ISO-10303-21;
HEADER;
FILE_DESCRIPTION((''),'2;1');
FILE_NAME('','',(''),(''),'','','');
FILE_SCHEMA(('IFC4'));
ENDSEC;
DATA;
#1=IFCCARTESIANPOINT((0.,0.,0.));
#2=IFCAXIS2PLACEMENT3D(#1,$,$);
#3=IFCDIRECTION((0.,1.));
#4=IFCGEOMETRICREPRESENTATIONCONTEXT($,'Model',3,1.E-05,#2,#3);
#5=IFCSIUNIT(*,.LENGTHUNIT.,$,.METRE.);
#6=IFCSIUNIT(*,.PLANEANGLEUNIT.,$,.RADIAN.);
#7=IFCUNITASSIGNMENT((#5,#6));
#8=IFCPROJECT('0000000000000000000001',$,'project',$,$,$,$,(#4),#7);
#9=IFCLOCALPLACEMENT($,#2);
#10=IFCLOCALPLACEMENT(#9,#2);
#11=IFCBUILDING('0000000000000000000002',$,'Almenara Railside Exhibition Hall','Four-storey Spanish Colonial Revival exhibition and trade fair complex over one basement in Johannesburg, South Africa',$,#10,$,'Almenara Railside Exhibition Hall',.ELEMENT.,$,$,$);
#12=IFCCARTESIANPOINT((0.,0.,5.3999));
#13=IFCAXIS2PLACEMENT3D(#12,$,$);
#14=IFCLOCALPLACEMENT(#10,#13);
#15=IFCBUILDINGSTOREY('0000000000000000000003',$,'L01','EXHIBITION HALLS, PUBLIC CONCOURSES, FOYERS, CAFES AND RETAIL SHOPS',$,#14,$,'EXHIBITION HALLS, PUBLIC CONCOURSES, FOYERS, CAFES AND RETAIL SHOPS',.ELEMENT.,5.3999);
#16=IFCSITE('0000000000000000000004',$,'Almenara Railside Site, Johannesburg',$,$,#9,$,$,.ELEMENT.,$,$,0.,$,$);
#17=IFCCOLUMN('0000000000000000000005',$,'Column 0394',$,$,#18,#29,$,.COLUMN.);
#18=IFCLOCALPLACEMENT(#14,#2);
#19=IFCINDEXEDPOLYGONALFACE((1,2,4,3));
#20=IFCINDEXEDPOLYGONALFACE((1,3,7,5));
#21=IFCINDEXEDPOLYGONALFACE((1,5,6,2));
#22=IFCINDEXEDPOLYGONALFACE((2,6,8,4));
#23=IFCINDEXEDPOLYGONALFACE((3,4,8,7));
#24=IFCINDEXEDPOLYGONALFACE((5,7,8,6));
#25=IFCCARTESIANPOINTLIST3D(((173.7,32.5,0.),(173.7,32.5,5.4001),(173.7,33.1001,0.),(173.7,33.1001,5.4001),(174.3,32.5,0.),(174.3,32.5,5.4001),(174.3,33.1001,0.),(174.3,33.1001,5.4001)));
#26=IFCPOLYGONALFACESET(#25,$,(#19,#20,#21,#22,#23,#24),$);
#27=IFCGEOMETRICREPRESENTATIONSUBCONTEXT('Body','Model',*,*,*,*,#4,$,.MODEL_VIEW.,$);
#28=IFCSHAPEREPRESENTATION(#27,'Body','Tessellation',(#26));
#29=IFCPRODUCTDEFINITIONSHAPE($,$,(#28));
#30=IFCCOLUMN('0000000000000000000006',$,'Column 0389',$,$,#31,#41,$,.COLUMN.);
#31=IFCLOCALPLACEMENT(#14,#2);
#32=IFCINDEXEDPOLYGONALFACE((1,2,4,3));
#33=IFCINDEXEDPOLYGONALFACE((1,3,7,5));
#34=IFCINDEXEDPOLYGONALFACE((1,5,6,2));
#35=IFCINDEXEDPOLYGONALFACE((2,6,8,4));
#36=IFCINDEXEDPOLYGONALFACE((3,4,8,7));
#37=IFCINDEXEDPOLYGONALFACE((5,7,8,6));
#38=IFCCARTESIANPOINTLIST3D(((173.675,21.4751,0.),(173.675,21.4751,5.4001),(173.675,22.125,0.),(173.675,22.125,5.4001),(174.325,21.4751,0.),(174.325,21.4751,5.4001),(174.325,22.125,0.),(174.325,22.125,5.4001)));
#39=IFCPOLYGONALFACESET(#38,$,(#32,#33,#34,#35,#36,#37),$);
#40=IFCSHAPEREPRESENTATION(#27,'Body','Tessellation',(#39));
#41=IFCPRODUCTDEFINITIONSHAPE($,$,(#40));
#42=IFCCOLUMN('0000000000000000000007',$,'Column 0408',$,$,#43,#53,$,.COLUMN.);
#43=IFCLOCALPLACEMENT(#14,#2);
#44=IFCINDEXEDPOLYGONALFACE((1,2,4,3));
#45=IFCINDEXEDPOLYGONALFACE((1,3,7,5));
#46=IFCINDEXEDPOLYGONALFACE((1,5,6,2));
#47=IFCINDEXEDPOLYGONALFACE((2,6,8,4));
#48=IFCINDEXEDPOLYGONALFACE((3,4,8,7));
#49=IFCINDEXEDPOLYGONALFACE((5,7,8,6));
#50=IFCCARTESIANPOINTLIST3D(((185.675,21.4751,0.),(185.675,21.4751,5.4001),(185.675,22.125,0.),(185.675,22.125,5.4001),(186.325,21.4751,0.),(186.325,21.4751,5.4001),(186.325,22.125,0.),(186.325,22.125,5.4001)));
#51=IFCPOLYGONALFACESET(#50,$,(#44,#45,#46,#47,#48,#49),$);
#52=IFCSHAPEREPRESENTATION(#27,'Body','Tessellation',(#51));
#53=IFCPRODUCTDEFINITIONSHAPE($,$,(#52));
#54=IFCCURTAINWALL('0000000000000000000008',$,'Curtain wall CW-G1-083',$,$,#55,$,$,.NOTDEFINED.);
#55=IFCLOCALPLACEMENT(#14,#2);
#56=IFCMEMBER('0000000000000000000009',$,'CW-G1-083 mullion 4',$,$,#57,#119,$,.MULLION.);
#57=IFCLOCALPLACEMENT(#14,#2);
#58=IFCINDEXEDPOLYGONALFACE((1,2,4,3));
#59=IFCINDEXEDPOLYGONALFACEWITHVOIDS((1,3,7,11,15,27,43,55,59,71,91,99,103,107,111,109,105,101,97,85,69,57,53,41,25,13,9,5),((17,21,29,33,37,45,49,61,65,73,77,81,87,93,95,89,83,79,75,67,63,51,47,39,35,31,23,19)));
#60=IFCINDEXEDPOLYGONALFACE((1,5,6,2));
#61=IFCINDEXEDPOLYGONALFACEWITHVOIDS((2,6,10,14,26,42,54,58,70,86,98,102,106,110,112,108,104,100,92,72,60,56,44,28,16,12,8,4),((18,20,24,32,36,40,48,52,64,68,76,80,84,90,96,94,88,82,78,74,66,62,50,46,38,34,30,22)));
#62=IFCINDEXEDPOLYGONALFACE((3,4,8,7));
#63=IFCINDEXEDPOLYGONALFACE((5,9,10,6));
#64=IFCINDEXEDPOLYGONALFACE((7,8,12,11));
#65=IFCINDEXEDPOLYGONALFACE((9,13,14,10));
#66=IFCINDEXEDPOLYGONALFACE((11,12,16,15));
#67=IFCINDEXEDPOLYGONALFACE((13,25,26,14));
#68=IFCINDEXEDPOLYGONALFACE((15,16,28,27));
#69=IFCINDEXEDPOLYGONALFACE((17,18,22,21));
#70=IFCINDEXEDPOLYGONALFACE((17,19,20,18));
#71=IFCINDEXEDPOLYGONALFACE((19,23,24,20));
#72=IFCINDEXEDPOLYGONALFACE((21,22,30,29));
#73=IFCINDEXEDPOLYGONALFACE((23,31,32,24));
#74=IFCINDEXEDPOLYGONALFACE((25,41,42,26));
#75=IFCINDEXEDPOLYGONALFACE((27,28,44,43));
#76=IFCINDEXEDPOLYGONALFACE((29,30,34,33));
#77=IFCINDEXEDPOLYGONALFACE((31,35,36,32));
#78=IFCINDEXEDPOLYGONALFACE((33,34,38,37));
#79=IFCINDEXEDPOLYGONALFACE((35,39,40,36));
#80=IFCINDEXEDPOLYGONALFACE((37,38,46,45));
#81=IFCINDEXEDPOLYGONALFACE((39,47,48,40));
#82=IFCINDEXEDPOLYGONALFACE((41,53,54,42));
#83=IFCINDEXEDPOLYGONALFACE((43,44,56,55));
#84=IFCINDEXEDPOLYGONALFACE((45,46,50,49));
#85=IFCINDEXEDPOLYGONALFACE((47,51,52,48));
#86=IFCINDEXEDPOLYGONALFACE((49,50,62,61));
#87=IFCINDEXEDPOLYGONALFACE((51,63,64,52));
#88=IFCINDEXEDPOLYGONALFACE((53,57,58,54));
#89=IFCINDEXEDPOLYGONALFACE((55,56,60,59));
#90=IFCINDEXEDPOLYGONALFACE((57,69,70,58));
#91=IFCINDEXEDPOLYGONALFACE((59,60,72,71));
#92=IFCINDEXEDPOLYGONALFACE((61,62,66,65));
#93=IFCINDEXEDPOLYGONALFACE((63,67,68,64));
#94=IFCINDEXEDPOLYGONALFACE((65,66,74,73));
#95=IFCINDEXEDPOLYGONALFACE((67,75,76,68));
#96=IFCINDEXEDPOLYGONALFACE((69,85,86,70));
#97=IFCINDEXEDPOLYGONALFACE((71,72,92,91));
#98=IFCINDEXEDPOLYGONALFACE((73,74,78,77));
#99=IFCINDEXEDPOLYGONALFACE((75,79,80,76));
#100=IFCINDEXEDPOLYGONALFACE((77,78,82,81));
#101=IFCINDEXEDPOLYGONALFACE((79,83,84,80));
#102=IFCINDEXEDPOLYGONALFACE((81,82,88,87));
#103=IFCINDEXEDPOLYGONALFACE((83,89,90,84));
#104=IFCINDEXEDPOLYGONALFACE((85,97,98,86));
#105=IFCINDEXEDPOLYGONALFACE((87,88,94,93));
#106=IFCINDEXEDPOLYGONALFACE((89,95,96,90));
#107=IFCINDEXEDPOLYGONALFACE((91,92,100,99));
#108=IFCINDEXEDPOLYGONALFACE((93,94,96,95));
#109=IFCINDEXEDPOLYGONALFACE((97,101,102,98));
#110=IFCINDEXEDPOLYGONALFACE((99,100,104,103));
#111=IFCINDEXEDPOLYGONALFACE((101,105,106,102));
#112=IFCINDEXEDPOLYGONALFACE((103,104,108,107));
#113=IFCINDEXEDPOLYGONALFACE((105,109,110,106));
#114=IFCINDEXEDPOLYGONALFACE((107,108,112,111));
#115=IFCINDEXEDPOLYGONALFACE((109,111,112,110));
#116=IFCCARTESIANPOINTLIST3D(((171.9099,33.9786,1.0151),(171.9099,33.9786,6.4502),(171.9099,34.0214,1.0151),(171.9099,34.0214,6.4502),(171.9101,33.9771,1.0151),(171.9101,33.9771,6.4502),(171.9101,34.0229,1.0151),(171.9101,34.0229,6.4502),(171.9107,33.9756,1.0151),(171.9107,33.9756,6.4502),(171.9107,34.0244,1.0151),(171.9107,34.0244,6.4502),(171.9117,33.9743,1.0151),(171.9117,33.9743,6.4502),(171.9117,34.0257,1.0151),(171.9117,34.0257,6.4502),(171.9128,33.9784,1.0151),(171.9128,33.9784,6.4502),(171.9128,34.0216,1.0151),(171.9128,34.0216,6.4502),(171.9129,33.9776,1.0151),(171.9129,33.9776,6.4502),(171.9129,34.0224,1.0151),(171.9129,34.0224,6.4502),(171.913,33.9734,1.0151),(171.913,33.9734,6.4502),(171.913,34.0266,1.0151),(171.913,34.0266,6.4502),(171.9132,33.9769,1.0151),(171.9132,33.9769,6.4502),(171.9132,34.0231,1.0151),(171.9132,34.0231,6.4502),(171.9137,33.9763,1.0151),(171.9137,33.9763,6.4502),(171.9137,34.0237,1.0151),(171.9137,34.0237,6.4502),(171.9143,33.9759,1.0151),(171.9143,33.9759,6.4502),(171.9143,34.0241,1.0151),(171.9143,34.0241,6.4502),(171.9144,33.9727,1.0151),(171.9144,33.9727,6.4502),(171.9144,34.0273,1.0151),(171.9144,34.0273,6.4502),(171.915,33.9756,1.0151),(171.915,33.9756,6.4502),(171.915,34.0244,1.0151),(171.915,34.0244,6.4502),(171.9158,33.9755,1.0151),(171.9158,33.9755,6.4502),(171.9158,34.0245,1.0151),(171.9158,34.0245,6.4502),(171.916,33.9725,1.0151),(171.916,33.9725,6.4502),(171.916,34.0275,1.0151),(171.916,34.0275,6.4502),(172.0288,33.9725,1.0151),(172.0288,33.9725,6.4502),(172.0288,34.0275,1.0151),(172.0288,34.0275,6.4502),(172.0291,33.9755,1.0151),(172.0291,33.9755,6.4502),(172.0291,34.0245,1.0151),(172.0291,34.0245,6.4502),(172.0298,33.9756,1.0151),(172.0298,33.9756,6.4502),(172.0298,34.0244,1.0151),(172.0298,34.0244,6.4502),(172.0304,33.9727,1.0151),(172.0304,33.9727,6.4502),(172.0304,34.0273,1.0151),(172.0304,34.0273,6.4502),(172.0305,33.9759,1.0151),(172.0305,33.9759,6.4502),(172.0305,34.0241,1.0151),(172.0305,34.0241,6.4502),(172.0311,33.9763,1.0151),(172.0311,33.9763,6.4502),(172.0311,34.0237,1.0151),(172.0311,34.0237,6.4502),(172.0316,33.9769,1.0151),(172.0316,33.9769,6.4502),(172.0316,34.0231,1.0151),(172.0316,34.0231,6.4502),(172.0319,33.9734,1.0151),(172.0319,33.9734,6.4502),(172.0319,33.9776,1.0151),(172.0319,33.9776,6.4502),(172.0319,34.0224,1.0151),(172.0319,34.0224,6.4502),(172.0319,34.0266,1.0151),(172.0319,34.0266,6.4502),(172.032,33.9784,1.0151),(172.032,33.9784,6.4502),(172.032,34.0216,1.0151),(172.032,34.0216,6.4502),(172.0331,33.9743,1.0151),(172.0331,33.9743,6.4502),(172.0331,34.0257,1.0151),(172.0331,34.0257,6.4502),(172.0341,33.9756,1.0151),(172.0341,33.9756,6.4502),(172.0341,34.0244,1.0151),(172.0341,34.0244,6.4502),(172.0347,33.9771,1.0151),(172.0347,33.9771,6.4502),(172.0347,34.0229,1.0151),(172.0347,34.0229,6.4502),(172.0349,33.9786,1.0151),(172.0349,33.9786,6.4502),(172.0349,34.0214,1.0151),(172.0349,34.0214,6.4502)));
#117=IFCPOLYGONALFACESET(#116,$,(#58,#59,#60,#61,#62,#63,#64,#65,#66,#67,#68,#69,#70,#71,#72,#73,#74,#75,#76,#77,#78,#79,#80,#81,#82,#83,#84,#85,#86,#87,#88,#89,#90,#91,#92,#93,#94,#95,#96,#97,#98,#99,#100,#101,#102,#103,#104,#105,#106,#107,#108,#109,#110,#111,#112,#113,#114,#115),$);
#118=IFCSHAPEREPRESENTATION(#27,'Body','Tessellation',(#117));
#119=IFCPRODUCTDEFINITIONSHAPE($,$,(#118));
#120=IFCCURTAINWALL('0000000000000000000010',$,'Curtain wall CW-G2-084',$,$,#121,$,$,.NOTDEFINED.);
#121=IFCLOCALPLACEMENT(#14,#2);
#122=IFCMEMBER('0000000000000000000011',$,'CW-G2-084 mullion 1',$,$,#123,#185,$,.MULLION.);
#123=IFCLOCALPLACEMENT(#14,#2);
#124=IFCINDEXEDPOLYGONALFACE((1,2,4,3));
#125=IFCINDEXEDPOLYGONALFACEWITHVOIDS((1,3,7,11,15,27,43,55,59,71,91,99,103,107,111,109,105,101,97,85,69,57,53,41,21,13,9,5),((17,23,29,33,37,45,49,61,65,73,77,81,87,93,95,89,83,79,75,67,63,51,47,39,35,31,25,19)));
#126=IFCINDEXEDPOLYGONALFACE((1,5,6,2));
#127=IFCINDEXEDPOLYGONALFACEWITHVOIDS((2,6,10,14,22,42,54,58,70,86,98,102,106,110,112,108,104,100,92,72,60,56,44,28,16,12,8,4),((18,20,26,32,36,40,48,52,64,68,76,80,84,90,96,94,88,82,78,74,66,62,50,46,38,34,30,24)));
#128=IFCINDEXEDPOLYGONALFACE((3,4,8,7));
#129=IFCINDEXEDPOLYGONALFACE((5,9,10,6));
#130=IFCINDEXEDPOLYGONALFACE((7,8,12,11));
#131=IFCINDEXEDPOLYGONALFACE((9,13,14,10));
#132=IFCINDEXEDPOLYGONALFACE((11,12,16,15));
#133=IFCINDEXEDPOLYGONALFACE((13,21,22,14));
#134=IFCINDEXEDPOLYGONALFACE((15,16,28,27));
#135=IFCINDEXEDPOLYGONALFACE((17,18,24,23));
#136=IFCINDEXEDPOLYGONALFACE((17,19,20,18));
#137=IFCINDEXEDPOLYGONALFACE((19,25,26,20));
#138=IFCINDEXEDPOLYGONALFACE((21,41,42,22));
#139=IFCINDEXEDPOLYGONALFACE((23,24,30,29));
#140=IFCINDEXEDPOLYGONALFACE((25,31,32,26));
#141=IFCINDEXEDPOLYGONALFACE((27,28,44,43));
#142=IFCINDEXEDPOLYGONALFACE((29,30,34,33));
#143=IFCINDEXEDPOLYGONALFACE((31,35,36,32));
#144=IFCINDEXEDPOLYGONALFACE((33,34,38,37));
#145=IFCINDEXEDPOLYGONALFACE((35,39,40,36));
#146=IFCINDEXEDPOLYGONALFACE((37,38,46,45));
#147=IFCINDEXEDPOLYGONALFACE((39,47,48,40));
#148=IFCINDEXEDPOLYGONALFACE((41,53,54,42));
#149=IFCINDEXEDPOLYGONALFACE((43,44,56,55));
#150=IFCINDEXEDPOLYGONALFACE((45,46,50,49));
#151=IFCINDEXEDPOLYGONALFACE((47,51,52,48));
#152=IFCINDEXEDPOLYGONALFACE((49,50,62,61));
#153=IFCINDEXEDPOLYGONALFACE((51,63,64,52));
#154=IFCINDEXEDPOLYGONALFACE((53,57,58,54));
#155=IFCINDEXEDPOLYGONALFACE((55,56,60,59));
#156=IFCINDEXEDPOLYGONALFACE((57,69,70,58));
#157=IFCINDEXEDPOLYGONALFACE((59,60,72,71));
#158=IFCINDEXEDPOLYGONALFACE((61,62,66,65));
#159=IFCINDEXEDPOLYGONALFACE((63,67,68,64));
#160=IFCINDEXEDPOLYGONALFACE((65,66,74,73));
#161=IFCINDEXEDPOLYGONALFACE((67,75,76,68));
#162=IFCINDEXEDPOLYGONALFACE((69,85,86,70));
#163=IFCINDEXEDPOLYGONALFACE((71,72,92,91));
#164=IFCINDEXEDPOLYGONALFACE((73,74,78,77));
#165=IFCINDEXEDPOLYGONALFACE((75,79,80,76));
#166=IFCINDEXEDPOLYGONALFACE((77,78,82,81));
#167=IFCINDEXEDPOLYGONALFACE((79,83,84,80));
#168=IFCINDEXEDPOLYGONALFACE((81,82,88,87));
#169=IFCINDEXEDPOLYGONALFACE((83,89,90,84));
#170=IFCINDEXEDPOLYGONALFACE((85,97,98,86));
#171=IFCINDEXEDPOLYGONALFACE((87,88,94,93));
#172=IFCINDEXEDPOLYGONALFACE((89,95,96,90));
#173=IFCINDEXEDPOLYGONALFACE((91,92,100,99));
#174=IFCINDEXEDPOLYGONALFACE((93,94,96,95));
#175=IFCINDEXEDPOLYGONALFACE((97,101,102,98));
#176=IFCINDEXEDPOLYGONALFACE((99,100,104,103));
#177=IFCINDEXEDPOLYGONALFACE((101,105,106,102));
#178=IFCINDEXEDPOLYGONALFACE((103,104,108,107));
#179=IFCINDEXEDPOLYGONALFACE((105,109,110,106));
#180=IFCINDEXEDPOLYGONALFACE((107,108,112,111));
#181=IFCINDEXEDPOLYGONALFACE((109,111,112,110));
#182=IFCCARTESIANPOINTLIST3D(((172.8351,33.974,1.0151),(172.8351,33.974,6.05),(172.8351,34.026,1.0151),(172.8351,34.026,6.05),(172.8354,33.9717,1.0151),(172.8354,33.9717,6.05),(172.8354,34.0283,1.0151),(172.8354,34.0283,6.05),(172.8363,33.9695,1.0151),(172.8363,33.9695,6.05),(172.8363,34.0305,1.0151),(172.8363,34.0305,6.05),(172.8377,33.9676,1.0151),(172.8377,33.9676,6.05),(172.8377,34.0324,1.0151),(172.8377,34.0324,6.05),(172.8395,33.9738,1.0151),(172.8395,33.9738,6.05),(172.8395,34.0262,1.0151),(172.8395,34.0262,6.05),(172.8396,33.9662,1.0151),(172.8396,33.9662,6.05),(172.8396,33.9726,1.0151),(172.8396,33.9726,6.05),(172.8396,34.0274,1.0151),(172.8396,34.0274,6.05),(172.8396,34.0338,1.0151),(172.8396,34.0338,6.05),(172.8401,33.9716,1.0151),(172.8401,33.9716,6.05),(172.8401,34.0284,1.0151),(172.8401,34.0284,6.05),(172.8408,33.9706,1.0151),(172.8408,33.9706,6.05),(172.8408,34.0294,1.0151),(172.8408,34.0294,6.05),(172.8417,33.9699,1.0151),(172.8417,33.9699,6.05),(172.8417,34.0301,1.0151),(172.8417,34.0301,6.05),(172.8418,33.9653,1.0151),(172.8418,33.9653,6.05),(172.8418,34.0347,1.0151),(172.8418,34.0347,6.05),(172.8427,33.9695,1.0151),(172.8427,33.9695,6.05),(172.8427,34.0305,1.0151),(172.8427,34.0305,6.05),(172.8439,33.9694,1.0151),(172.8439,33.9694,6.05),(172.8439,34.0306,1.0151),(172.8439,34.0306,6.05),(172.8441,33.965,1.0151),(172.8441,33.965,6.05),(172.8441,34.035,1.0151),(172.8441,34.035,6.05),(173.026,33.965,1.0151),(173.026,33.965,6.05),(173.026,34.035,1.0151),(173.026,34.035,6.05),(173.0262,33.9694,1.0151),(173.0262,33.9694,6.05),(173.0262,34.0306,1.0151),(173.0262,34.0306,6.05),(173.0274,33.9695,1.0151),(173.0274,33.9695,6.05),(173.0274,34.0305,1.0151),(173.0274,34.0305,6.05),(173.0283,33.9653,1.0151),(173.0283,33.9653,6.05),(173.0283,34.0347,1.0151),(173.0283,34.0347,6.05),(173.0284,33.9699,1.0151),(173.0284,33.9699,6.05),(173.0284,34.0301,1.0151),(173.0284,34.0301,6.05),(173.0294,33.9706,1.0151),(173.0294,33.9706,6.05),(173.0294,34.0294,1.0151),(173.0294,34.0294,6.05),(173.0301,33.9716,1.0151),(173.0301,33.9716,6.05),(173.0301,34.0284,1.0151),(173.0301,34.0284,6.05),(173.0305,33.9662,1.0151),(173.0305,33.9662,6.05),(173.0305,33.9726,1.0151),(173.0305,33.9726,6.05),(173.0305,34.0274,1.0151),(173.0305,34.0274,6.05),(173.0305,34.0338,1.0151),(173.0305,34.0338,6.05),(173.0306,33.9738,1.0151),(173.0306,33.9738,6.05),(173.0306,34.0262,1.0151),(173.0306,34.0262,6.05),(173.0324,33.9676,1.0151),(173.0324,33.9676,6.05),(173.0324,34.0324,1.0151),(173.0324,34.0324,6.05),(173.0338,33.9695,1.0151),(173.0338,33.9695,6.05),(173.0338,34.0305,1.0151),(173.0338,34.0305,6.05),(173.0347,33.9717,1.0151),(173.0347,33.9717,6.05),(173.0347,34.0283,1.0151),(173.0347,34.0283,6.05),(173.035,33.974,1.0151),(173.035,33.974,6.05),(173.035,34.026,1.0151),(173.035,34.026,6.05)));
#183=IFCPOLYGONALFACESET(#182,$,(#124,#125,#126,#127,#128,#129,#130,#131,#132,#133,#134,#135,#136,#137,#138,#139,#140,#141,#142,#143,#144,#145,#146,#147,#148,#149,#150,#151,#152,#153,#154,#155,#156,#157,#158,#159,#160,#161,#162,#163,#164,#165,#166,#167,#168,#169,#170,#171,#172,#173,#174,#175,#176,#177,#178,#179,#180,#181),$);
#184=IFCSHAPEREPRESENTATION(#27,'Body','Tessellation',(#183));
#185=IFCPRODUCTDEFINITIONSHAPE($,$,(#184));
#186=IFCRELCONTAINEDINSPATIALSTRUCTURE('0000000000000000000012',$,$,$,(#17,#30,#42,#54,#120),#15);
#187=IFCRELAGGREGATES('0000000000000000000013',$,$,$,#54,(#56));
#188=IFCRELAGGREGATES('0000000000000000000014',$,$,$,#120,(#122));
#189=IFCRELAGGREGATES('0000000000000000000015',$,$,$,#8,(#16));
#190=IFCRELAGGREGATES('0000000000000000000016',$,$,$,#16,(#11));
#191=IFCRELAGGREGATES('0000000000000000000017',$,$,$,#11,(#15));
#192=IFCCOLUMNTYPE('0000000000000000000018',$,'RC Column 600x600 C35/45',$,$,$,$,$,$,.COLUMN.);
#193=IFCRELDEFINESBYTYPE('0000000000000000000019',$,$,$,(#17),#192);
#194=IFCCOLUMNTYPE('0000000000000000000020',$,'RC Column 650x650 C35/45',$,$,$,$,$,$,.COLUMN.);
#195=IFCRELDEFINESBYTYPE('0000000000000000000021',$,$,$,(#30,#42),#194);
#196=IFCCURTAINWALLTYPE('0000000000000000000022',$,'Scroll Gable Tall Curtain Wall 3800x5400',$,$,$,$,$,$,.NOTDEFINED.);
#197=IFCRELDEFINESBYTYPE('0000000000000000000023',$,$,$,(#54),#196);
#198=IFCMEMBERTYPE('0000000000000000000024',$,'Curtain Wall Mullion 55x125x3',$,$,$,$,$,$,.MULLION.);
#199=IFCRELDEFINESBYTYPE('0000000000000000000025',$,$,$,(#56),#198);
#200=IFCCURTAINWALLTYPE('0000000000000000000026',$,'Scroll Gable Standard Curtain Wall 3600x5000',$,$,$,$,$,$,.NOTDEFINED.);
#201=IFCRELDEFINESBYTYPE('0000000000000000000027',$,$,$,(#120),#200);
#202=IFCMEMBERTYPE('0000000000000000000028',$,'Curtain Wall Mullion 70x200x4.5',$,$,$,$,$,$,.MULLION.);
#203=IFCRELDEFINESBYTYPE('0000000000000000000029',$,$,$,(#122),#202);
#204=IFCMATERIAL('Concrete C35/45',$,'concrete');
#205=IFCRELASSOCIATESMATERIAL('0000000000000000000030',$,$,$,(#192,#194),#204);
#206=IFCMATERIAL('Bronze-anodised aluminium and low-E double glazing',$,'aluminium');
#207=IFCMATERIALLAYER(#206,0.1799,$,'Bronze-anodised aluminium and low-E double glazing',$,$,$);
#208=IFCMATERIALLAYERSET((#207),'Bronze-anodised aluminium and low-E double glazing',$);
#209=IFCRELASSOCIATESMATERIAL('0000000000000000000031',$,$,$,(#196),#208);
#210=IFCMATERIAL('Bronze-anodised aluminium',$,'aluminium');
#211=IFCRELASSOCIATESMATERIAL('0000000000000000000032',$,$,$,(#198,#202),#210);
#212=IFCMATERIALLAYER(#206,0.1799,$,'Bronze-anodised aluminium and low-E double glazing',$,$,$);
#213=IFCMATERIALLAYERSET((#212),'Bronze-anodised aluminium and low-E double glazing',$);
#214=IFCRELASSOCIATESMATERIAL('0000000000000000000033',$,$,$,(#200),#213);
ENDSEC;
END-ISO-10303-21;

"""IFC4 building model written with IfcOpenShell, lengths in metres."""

from ifc_helpers import new_model, si_unit, direction, frame, origin, origin_2d, place, context, subcontext, project, spatial, rectangle, hollow_rectangle, extrude, material, layer, layer_set, material_profile, profile_set, type_object, element, aggregate, save


model = new_model("IFC4")

# Units and contexts
model_context = context("Model", 3, precision=1e-05, world=origin(), true_north=direction((0.0, 1.0)))
body_context = subcontext(model_context, "Body", "Model", "MODEL_VIEW")
ifc_project = project(units=[si_unit("LENGTHUNIT", "METRE"), si_unit("PLANEANGLEUNIT", "RADIAN")], contexts=[model_context])

# Site, building, storey
site_placement = place(None, origin())
site = spatial("IfcSite", under=ifc_project, at=site_placement, Name="Almenara Railside Site, Johannesburg", CompositionType="ELEMENT", RefElevation=0.0)
building_placement = place(site_placement, origin())
building = spatial("IfcBuilding", under=site, at=building_placement, Name="Almenara Railside Exhibition Hall", Description="Four-storey Spanish Colonial Revival exhibition and trade fair complex over one basement in Johannesburg, South Africa", LongName="Almenara Railside Exhibition Hall", CompositionType="ELEMENT")
storey_placement = place(building_placement, frame((0.0, 0.0, 5.3999)))
storey = spatial("IfcBuildingStorey", under=building, at=storey_placement, Name="L01", Description="EXHIBITION HALLS, PUBLIC CONCOURSES, FOYERS, CAFES AND RETAIL SHOPS", LongName="EXHIBITION HALLS, PUBLIC CONCOURSES, FOYERS, CAFES AND RETAIL SHOPS", CompositionType="ELEMENT", Elevation=5.3999)

# Columns
ifc_material_1 = material(Name="Concrete C35/45", Category="concrete")
ifc_material_profile_1 = material_profile(ifc_material_1, rectangle(XDim=0.6001, YDim=0.6001, at=origin_2d()), Name="RC 600x600")
ifc_profile_set_1 = profile_set([ifc_material_profile_1], Name="Concrete C35/45")
column_type_1 = type_object("IfcColumnType", Name="RC Column 600x600 C35/45", PredefinedType="COLUMN", material=ifc_profile_set_1)
column_placement = place(storey_placement, frame((174.0, 32.8, 0.0), z_axis=(0.0, 0.0, 1.0), x_axis=(1.0, 0.0, 0.0)))
element("IfcColumn", 1, at=column_placement, inside=storey, type_object=column_type_1, Name="Column 0394", PredefinedType="COLUMN", context=body_context, shape_type="SweptSolid", body=[
    extrude(rectangle(XDim=0.6001, YDim=0.6001, at=origin_2d()), origin(), (0.0, 0.0, 1.0), 5.4001),
])
ifc_material_profile_2 = material_profile(ifc_material_1, rectangle(XDim=0.6499, YDim=0.6499, at=origin_2d()), Name="RC 650x650")
ifc_profile_set_2 = profile_set([ifc_material_profile_2], Name="Concrete C35/45")
column_type_2 = type_object("IfcColumnType", Name="RC Column 650x650 C35/45", PredefinedType="COLUMN", material=ifc_profile_set_2)
for number, where, z_axis, x_axis, name in (
    (2, (174.0, 21.8, 0.0), (0.0, 0.0, 1.0), (1.0, 0.0, 0.0), "Column 0389"),
    (3, (186.0, 21.8, 0.0), (0.0, 0.0, 1.0), (1.0, 0.0, 0.0), "Column 0408"),
):
    element("IfcColumn", number, at=place(storey_placement, frame(where, z_axis=z_axis, x_axis=x_axis)), inside=storey, type_object=column_type_2, Name=name, PredefinedType="COLUMN", context=body_context, shape_type="SweptSolid", body=[
        extrude(rectangle(XDim=0.6499, YDim=0.6499, at=origin_2d()), origin(), (0.0, 0.0, 1.0), 5.4001),
    ])

# Curtain wall, member
ifc_material_2 = material(Name="Bronze-anodised aluminium and low-E double glazing", Category="aluminium")
ifc_layer_1 = layer(ifc_material_2, 0.1799, Name="Bronze-anodised aluminium and low-E double glazing")
ifc_layer_set_1 = layer_set([ifc_layer_1], Name="Bronze-anodised aluminium and low-E double glazing")
curtain_wall_type_1 = type_object("IfcCurtainWallType", Name="Scroll Gable Tall Curtain Wall 3800x5400", PredefinedType="NOTDEFINED", material=ifc_layer_set_1)
curtain_wall_1_placement = place(storey_placement, origin())
curtain_wall_1 = element("IfcCurtainWall", 4, at=curtain_wall_1_placement, inside=storey, type_object=curtain_wall_type_1, Name="Curtain wall CW-G1-083", PredefinedType="NOTDEFINED")
ifc_material_3 = material(Name="Bronze-anodised aluminium", Category="aluminium")
ifc_material_profile_3 = material_profile(ifc_material_3, hollow_rectangle(XDim=0.0549, YDim=0.125, WallThickness=0.0029, InnerFilletRadius=0.0029, OuterFilletRadius=0.0061, at=origin_2d()), Name="ALU-MUL 55x125x3")
ifc_profile_set_3 = profile_set([ifc_material_profile_3], Name="Bronze-anodised aluminium")
member_type_1 = type_object("IfcMemberType", Name="Curtain Wall Mullion 55x125x3", PredefinedType="MULLION", material=ifc_profile_set_3)
member_1_placement = place(storey_placement, frame((171.9724, 34.0, 1.0151), z_axis=(0.0, 0.0, 1.0), x_axis=(0.0, 1.0, 0.0)))
member_1 = element("IfcMember", 5, at=member_1_placement, type_object=member_type_1, Name="CW-G1-083 mullion 4", PredefinedType="MULLION", context=body_context, shape_type="SweptSolid", body=[
    extrude(hollow_rectangle(XDim=0.0549, YDim=0.125, WallThickness=0.0029, InnerFilletRadius=0.0029, OuterFilletRadius=0.0061, at=origin_2d()), origin(), (0.0, 0.0, 1.0), 5.4351),
])
aggregate(curtain_wall_1, [member_1])

# Curtain wall, member
ifc_layer_2 = layer(ifc_material_2, 0.1799, Name="Bronze-anodised aluminium and low-E double glazing")
ifc_layer_set_2 = layer_set([ifc_layer_2], Name="Bronze-anodised aluminium and low-E double glazing")
curtain_wall_type_2 = type_object("IfcCurtainWallType", Name="Scroll Gable Standard Curtain Wall 3600x5000", PredefinedType="NOTDEFINED", material=ifc_layer_set_2)
curtain_wall_2_placement = place(storey_placement, origin())
curtain_wall_2 = element("IfcCurtainWall", 6, at=curtain_wall_2_placement, inside=storey, type_object=curtain_wall_type_2, Name="Curtain wall CW-G2-084", PredefinedType="NOTDEFINED")
ifc_material_profile_4 = material_profile(ifc_material_3, hollow_rectangle(XDim=0.0701, YDim=0.2, WallThickness=0.0044, InnerFilletRadius=0.0044, OuterFilletRadius=0.009, at=origin_2d()), Name="ALU-MUL 70x200x4.5")
ifc_profile_set_4 = profile_set([ifc_material_profile_4], Name="Bronze-anodised aluminium")
member_type_2 = type_object("IfcMemberType", Name="Curtain Wall Mullion 70x200x4.5", PredefinedType="MULLION", material=ifc_profile_set_4)
member_2_placement = place(storey_placement, frame((172.9351, 34.0, 1.0151), z_axis=(0.0, 0.0, 1.0), x_axis=(0.0, 1.0, 0.0)))
member_2 = element("IfcMember", 7, at=member_2_placement, type_object=member_type_2, Name="CW-G2-084 mullion 1", PredefinedType="MULLION", context=body_context, shape_type="SweptSolid", body=[
    extrude(hollow_rectangle(XDim=0.0701, YDim=0.2, WallThickness=0.0044, InnerFilletRadius=0.0044, OuterFilletRadius=0.009, at=origin_2d()), origin(), (0.0, 0.0, 1.0), 5.0349),
])
aggregate(curtain_wall_2, [member_2])

save(model, "model.ifc")
